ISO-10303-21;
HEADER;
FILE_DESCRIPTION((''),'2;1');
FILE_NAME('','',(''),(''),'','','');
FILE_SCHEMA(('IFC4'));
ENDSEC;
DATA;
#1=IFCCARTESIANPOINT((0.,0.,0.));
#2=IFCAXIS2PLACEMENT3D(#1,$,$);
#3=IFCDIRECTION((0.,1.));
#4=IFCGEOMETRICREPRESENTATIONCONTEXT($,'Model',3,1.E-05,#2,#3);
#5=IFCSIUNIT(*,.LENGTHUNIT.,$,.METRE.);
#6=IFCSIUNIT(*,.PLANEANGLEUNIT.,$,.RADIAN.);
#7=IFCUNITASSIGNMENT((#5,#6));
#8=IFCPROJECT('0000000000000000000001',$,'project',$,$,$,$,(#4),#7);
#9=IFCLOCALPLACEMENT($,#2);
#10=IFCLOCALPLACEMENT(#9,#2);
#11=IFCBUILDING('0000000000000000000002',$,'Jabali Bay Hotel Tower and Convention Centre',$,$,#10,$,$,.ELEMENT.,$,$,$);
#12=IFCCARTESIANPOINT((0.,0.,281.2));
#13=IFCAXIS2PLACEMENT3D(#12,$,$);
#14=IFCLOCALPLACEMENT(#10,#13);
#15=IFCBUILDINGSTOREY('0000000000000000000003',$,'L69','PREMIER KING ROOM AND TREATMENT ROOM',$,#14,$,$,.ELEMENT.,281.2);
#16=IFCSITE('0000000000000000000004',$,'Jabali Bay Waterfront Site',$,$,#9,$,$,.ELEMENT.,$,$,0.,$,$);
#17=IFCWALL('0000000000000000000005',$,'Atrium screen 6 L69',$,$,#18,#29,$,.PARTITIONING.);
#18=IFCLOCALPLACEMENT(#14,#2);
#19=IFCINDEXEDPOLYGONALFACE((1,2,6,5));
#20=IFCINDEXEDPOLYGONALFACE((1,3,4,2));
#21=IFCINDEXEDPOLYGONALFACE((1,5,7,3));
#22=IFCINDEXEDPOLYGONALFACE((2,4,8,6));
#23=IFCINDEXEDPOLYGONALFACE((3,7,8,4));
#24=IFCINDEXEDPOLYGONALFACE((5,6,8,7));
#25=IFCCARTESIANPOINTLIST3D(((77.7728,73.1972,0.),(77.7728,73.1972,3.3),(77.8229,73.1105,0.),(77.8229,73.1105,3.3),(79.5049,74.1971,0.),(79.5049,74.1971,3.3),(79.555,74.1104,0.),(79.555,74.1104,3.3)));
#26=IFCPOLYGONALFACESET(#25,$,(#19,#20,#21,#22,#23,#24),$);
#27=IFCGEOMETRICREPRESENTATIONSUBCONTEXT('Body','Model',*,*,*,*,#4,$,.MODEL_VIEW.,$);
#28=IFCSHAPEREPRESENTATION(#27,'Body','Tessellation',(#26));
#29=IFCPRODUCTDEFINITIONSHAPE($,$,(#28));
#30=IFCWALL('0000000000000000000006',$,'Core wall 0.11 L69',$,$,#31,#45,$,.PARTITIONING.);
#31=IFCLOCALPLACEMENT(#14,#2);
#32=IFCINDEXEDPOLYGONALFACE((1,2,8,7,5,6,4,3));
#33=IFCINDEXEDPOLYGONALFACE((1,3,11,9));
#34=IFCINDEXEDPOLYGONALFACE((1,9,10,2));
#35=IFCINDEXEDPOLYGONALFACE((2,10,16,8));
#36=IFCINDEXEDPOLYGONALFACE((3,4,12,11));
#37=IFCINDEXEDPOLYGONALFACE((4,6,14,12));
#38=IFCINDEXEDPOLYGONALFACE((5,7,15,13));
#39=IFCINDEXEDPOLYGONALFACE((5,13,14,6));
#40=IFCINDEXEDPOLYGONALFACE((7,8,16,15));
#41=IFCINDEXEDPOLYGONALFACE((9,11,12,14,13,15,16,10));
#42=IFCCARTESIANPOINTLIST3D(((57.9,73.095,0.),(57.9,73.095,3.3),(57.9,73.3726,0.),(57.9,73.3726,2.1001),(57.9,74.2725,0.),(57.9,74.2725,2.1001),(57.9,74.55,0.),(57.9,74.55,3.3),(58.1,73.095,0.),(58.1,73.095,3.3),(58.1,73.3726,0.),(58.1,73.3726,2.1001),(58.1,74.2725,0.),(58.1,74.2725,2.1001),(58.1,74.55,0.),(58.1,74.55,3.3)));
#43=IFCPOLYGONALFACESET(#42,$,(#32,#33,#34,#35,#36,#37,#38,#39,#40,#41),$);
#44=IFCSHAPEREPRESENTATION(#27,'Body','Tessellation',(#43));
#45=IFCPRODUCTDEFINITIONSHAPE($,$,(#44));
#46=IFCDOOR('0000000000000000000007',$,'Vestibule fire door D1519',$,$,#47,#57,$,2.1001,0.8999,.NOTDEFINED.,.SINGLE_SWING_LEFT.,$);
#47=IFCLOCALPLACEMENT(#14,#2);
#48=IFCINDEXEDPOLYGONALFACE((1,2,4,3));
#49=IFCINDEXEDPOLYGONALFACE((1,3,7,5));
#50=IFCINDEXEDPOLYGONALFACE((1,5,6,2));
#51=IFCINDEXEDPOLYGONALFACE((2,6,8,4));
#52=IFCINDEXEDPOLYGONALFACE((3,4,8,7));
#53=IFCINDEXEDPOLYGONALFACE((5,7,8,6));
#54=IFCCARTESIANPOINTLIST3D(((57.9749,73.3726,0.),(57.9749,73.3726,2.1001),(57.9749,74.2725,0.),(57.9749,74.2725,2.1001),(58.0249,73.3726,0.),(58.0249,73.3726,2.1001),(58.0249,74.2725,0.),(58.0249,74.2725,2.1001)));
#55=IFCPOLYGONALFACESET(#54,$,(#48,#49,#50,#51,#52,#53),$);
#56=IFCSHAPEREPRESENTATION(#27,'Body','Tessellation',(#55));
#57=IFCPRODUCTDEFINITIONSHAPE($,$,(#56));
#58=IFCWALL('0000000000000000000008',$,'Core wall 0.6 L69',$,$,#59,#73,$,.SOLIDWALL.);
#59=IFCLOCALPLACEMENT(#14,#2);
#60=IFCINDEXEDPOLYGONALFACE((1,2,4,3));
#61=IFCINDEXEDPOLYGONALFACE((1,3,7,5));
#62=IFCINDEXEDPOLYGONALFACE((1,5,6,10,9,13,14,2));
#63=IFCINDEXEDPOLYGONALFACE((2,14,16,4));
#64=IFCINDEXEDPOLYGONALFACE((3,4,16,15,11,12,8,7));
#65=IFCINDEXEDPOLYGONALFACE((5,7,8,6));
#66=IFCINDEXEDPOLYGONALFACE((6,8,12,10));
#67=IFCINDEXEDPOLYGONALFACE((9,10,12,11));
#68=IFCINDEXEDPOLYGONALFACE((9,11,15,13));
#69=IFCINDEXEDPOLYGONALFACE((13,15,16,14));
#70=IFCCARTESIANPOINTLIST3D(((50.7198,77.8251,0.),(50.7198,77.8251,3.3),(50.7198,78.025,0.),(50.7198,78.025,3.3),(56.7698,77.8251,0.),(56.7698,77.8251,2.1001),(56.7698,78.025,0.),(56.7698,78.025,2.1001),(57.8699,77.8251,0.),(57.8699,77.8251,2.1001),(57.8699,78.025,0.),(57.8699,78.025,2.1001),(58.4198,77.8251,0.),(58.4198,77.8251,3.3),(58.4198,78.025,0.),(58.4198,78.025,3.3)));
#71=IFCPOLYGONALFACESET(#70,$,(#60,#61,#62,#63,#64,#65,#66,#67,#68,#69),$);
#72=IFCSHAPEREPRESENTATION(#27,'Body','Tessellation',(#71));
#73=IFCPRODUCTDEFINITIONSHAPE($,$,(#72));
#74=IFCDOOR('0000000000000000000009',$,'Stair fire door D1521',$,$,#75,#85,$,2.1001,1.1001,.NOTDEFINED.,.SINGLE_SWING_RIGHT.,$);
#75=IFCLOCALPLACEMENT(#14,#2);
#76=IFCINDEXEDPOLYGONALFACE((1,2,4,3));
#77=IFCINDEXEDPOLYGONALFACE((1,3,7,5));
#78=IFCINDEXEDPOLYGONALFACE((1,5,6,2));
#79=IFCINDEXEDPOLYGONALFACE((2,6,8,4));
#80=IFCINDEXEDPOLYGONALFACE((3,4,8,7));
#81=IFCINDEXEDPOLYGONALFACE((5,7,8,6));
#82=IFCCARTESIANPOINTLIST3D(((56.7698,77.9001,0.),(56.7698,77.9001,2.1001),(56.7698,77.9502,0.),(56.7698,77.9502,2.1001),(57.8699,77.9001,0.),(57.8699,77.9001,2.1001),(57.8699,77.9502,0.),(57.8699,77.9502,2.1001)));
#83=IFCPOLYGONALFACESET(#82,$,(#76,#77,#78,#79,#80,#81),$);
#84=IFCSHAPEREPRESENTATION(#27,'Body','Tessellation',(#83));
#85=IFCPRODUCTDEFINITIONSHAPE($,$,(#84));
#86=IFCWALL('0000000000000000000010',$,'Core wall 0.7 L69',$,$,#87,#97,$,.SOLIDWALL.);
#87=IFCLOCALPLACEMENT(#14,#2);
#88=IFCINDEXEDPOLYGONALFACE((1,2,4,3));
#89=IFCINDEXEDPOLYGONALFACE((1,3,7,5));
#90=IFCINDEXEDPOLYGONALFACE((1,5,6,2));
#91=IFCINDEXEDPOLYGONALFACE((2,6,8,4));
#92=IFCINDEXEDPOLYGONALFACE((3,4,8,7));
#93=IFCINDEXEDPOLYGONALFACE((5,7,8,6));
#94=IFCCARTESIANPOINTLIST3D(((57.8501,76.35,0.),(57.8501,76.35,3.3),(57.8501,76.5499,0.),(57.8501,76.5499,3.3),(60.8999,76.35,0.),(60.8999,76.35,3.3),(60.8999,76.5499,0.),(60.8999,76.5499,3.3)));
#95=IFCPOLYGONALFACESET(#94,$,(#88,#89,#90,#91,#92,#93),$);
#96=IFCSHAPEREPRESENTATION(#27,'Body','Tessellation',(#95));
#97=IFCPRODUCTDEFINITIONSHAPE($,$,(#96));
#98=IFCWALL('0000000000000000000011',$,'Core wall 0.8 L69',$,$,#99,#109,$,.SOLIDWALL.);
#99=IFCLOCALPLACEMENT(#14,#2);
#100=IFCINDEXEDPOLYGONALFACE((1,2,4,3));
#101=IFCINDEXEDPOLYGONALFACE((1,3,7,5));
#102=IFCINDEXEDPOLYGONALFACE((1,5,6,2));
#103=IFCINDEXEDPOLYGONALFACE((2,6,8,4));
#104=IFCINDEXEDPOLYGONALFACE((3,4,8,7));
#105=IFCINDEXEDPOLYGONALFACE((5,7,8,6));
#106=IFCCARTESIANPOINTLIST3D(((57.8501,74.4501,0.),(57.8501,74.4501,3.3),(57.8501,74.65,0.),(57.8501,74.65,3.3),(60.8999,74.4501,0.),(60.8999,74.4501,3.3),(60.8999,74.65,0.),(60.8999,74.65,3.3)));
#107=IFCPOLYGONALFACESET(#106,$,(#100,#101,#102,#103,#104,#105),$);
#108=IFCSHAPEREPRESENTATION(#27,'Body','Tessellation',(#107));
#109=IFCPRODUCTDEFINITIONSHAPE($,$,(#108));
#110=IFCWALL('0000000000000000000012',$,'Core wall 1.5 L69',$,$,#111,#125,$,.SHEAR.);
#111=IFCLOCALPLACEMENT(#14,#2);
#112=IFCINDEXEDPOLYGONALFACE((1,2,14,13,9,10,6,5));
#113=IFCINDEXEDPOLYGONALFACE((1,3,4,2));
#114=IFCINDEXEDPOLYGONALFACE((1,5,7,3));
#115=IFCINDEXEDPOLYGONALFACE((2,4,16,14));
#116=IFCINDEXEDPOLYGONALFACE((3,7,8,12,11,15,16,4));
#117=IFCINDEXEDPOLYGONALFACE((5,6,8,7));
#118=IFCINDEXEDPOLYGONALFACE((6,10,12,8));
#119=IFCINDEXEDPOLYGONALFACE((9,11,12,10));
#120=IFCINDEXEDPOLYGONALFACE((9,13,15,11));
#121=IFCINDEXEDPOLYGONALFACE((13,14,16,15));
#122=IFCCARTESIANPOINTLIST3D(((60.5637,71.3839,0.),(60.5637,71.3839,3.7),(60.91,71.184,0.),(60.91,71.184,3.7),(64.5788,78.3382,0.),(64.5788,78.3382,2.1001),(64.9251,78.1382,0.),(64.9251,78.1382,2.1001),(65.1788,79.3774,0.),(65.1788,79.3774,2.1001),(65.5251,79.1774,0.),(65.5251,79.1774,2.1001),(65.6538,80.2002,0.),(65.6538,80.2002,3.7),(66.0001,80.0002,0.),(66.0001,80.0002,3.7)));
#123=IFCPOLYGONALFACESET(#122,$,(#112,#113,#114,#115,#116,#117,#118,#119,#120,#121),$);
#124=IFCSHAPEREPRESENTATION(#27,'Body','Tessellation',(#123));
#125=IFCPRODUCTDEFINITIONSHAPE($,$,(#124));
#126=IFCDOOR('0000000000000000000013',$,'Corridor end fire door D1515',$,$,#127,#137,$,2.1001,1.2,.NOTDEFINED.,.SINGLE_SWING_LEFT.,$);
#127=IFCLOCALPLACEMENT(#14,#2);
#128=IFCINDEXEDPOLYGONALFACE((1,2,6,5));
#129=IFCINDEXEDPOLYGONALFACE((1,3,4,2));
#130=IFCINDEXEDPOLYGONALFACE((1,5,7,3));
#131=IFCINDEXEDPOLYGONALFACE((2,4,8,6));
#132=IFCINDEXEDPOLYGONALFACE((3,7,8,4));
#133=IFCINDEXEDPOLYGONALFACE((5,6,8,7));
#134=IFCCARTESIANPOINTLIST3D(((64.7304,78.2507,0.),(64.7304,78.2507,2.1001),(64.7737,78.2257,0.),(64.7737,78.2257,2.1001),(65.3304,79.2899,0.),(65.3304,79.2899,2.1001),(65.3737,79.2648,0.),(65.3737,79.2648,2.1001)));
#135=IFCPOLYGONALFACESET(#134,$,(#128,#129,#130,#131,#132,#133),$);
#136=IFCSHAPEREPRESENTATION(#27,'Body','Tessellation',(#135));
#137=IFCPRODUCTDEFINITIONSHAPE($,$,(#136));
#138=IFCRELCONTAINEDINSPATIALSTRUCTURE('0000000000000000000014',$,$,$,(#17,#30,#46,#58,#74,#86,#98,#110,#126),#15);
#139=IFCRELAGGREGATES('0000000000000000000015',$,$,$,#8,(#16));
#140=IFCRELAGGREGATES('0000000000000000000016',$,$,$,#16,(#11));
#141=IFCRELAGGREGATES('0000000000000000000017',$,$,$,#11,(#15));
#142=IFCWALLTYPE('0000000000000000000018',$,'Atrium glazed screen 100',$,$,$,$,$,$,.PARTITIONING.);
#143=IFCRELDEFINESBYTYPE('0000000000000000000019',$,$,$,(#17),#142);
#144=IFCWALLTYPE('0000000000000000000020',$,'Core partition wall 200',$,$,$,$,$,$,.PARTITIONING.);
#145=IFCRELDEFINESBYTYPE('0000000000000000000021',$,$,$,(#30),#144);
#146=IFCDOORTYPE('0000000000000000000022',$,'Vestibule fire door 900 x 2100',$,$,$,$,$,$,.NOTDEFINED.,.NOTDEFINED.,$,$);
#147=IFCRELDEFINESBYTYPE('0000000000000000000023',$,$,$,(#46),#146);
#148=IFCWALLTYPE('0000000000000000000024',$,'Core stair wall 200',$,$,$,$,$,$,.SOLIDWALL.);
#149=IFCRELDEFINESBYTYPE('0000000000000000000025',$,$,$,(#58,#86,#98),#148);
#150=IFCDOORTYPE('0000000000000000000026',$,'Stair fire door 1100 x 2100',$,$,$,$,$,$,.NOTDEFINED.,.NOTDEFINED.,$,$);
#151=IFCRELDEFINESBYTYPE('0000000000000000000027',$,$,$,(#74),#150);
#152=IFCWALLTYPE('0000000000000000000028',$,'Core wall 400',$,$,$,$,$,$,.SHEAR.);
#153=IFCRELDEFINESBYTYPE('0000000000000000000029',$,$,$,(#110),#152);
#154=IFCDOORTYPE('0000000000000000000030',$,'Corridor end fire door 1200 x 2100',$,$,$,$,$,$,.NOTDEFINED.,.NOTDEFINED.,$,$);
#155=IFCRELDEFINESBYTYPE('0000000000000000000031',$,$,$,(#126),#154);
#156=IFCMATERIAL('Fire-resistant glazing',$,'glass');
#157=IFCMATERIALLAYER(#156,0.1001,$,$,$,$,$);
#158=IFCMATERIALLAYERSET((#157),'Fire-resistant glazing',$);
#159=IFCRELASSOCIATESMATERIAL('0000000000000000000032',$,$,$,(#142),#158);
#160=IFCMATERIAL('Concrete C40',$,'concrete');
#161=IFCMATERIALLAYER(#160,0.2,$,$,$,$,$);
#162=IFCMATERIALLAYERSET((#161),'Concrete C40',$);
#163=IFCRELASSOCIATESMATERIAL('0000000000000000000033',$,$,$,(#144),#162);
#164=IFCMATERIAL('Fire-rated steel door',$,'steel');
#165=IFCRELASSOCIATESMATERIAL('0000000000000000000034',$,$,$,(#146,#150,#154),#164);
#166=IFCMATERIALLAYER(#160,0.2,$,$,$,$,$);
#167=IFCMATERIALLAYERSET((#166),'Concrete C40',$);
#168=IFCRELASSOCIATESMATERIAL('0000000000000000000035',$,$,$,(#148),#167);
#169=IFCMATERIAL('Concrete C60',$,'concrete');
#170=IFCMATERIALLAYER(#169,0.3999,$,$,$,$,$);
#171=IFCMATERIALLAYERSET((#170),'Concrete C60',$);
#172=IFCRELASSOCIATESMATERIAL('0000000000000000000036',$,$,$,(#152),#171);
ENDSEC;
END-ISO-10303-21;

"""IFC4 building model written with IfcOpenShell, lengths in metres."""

from ifc_helpers import new_model, si_unit, direction, frame, frame_2d, origin, place, context, subcontext, project, spatial, rectangle, extrude, material, layer, layer_set, type_object, element, fill, save


model = new_model("IFC4")

# Units and contexts
model_context = context("Model", 3, precision=1e-05, world=origin(), true_north=direction((0.0, 1.0)))
body_context = subcontext(model_context, "Body", "Model", "MODEL_VIEW")
ifc_project = project(units=[si_unit("LENGTHUNIT", "METRE"), si_unit("PLANEANGLEUNIT", "RADIAN")], contexts=[model_context])

# Site, building, storey
site_placement = place(None, origin())
site = spatial("IfcSite", under=ifc_project, at=site_placement, Name="Jabali Bay Waterfront Site", CompositionType="ELEMENT", RefElevation=0.0)
building_placement = place(site_placement, origin())
building = spatial("IfcBuilding", under=site, at=building_placement, Name="Jabali Bay Hotel Tower and Convention Centre", CompositionType="ELEMENT")
storey_placement = place(building_placement, frame((0.0, 0.0, 281.2)))
storey = spatial("IfcBuildingStorey", under=building, at=storey_placement, Name="L69", Description="PREMIER KING ROOM AND TREATMENT ROOM", CompositionType="ELEMENT", Elevation=281.2)

# Wall
ifc_material_1 = material(Name="Fire-resistant glazing", Category="glass")
ifc_layer_1 = layer(ifc_material_1, 0.1001)
ifc_layer_set_1 = layer_set([ifc_layer_1], Name="Fire-resistant glazing")
wall_type_1 = type_object("IfcWallType", Name="Atrium glazed screen 100", PredefinedType="PARTITIONING", material=ifc_layer_set_1)
wall_1_placement = place(storey_placement, frame((77.7979, 73.1538, 0.0), z_axis=(0.0, 0.0, 1.0), x_axis=(0.866041, 0.499973, 0.0)))
element("IfcWall", 1, at=wall_1_placement, inside=storey, type_object=wall_type_1, Name="Atrium screen 6 L69", PredefinedType="PARTITIONING", context=body_context, shape_type="SweptSolid", body=[
    extrude(rectangle(XDim=2.0, YDim=0.1001, at=frame_2d((1.0, 0.0))), origin(), (0.0, 0.0, 1.0), 3.3),
])

# Walls, openings, doors
ifc_material_2 = material(Name="Concrete C40", Category="concrete")
ifc_layer_2 = layer(ifc_material_2, 0.2)
ifc_layer_set_2 = layer_set([ifc_layer_2], Name="Concrete C40")
wall_type_2 = type_object("IfcWallType", Name="Core partition wall 200", PredefinedType="PARTITIONING", material=ifc_layer_set_2)
wall_2_placement = place(storey_placement, frame((58.0, 74.55, 0.0), z_axis=(0.0, 0.0, 1.0), x_axis=(0.0, -1.0, 0.0)))
wall_2 = element("IfcWall", 2, at=wall_2_placement, inside=storey, type_object=wall_type_2, Name="Core wall 0.11 L69", PredefinedType="PARTITIONING", context=body_context, shape_type="SweptSolid", body=[
    extrude(rectangle(XDim=1.4551, YDim=0.2, at=frame_2d((0.7275, 0.0))), origin(), (0.0, 0.0, 1.0), 3.3),
])
opening_1_placement = place(wall_2_placement, frame((0.2776, 0.0, 0.0)))
opening_1 = element("IfcOpeningElement", 3, at=opening_1_placement, cuts=wall_2, PredefinedType="OPENING", context=body_context, shape_type="SweptSolid", body=[
    extrude(rectangle(XDim=0.8999, YDim=2.1001, at=frame_2d((0.45, 1.05))), frame((0.0, 0.1104, 0.0), z_axis=(0.0, -1.0, 0.0), x_axis=(1.0, 0.0, 0.0)), (0.0, 0.0, 1.0), 0.2209),
])
ifc_material_3 = material(Name="Fire-rated steel door", Category="steel")
door_type_1 = type_object("IfcDoorType", Name="Vestibule fire door 900 x 2100", OperationType="NOTDEFINED", PredefinedType="NOTDEFINED", material=ifc_material_3)
door_1_placement = place(opening_1_placement, origin())
door_1 = element("IfcDoor", 4, at=door_1_placement, inside=storey, type_object=door_type_1, Name="Vestibule fire door D1519", OperationType="SINGLE_SWING_LEFT", OverallHeight=2.1001, OverallWidth=0.8999, PredefinedType="NOTDEFINED", context=body_context, shape_type="SweptSolid", body=[
    extrude(rectangle(XDim=0.8999, YDim=2.1001, at=frame_2d((0.45, 1.05))), frame((0.0, 0.0249, 0.0), z_axis=(0.0, -1.0, 0.0), x_axis=(1.0, 0.0, 0.0)), (0.0, 0.0, 1.0), 0.05),
])
fill(opening_1, door_1)
ifc_layer_3 = layer(ifc_material_2, 0.2)
ifc_layer_set_3 = layer_set([ifc_layer_3], Name="Concrete C40")
wall_type_3 = type_object("IfcWallType", Name="Core stair wall 200", PredefinedType="SOLIDWALL", material=ifc_layer_set_3)
wall_3_placement = place(storey_placement, frame((58.4199, 77.925, 0.0), z_axis=(0.0, 0.0, 1.0), x_axis=(-1.0, 0.0, 0.0)))
wall_3 = element("IfcWall", 5, at=wall_3_placement, inside=storey, type_object=wall_type_3, Name="Core wall 0.6 L69", PredefinedType="SOLIDWALL", context=body_context, shape_type="SweptSolid", body=[
    extrude(rectangle(XDim=7.7, YDim=0.2, at=frame_2d((3.8501, 0.0))), origin(), (0.0, 0.0, 1.0), 3.3),
])
opening_2_placement = place(wall_3_placement, frame((0.55, 0.0, 0.0)))
opening_2 = element("IfcOpeningElement", 6, at=opening_2_placement, cuts=wall_3, PredefinedType="OPENING", context=body_context, shape_type="SweptSolid", body=[
    extrude(rectangle(XDim=1.1001, YDim=2.1001, at=frame_2d((0.55, 1.05))), frame((0.0, 0.1104, 0.0), z_axis=(0.0, -1.0, 0.0), x_axis=(1.0, 0.0, 0.0)), (0.0, 0.0, 1.0), 0.2209),
])
door_type_2 = type_object("IfcDoorType", Name="Stair fire door 1100 x 2100", OperationType="NOTDEFINED", PredefinedType="NOTDEFINED", material=ifc_material_3)
door_2_placement = place(opening_2_placement, origin())
door_2 = element("IfcDoor", 7, at=door_2_placement, inside=storey, type_object=door_type_2, Name="Stair fire door D1521", OperationType="SINGLE_SWING_RIGHT", OverallHeight=2.1001, OverallWidth=1.1001, PredefinedType="NOTDEFINED", context=body_context, shape_type="SweptSolid", body=[
    extrude(rectangle(XDim=1.1001, YDim=2.1001, at=frame_2d((0.55, 1.05))), frame((0.0, 0.0249, 0.0), z_axis=(0.0, -1.0, 0.0), x_axis=(1.0, 0.0, 0.0)), (0.0, 0.0, 1.0), 0.05),
])
fill(opening_2, door_2)

# Walls
for number, where, z_axis, x_axis, name in (
    (8, (60.8999, 76.45, 0.0), (0.0, 0.0, 1.0), (-1.0, 0.0, 0.0), "Core wall 0.7 L69"),
    (9, (60.8999, 74.55, 0.0), (0.0, 0.0, 1.0), (-1.0, 0.0, 0.0), "Core wall 0.8 L69"),
):
    element("IfcWall", number, at=place(storey_placement, frame(where, z_axis=z_axis, x_axis=x_axis)), inside=storey, type_object=wall_type_3, Name=name, PredefinedType="SOLIDWALL", context=body_context, shape_type="SweptSolid", body=[
        extrude(rectangle(XDim=3.0498, YDim=0.2, at=frame_2d((1.5249, 0.0))), origin(), (0.0, 0.0, 1.0), 3.3),
    ])

# Wall, opening, door
ifc_material_4 = material(Name="Concrete C60", Category="concrete")
ifc_layer_4 = layer(ifc_material_4, 0.3999)
ifc_layer_set_4 = layer_set([ifc_layer_4], Name="Concrete C60")
wall_type_4 = type_object("IfcWallType", Name="Core wall 400", PredefinedType="SHEAR", material=ifc_layer_set_4)
wall_4_placement = place(storey_placement, frame((60.7368, 71.2839, 0.0), z_axis=(0.0, 0.0, 1.0), x_axis=(0.500005, 0.866022, 0.0)))
wall_4 = element("IfcWall", 10, at=wall_4_placement, inside=storey, type_object=wall_type_4, Name="Core wall 1.5 L69", PredefinedType="SHEAR", context=body_context, shape_type="SweptSolid", body=[
    extrude(rectangle(XDim=10.1802, YDim=0.3999, at=frame_2d((5.0901, 0.0))), origin(), (0.0, 0.0, 1.0), 3.7),
])
opening_3_placement = place(wall_4_placement, frame((8.03, 0.0, 0.0)))
opening_3 = element("IfcOpeningElement", 11, at=opening_3_placement, cuts=wall_4, PredefinedType="OPENING", context=body_context, shape_type="SweptSolid", body=[
    extrude(rectangle(XDim=1.2, YDim=2.1001, at=frame_2d((0.6001, 1.05))), frame((0.0, 0.2104, 0.0), z_axis=(0.0, -1.0, 0.0), x_axis=(1.0, 0.0, 0.0)), (0.0, 0.0, 1.0), 0.4209),
])
door_type_3 = type_object("IfcDoorType", Name="Corridor end fire door 1200 x 2100", OperationType="NOTDEFINED", PredefinedType="NOTDEFINED", material=ifc_material_3)
door_3_placement = place(opening_3_placement, origin())
door_3 = element("IfcDoor", 12, at=door_3_placement, inside=storey, type_object=door_type_3, Name="Corridor end fire door D1515", OperationType="SINGLE_SWING_LEFT", OverallHeight=2.1001, OverallWidth=1.2, PredefinedType="NOTDEFINED", context=body_context, shape_type="SweptSolid", body=[
    extrude(rectangle(XDim=1.2, YDim=2.1001, at=frame_2d((0.6001, 1.05))), frame((0.0, 0.0249, 0.0), z_axis=(0.0, -1.0, 0.0), x_axis=(1.0, 0.0, 0.0)), (0.0, 0.0, 1.0), 0.05),
])
fill(opening_3, door_3)

save(model, "model.ifc")
